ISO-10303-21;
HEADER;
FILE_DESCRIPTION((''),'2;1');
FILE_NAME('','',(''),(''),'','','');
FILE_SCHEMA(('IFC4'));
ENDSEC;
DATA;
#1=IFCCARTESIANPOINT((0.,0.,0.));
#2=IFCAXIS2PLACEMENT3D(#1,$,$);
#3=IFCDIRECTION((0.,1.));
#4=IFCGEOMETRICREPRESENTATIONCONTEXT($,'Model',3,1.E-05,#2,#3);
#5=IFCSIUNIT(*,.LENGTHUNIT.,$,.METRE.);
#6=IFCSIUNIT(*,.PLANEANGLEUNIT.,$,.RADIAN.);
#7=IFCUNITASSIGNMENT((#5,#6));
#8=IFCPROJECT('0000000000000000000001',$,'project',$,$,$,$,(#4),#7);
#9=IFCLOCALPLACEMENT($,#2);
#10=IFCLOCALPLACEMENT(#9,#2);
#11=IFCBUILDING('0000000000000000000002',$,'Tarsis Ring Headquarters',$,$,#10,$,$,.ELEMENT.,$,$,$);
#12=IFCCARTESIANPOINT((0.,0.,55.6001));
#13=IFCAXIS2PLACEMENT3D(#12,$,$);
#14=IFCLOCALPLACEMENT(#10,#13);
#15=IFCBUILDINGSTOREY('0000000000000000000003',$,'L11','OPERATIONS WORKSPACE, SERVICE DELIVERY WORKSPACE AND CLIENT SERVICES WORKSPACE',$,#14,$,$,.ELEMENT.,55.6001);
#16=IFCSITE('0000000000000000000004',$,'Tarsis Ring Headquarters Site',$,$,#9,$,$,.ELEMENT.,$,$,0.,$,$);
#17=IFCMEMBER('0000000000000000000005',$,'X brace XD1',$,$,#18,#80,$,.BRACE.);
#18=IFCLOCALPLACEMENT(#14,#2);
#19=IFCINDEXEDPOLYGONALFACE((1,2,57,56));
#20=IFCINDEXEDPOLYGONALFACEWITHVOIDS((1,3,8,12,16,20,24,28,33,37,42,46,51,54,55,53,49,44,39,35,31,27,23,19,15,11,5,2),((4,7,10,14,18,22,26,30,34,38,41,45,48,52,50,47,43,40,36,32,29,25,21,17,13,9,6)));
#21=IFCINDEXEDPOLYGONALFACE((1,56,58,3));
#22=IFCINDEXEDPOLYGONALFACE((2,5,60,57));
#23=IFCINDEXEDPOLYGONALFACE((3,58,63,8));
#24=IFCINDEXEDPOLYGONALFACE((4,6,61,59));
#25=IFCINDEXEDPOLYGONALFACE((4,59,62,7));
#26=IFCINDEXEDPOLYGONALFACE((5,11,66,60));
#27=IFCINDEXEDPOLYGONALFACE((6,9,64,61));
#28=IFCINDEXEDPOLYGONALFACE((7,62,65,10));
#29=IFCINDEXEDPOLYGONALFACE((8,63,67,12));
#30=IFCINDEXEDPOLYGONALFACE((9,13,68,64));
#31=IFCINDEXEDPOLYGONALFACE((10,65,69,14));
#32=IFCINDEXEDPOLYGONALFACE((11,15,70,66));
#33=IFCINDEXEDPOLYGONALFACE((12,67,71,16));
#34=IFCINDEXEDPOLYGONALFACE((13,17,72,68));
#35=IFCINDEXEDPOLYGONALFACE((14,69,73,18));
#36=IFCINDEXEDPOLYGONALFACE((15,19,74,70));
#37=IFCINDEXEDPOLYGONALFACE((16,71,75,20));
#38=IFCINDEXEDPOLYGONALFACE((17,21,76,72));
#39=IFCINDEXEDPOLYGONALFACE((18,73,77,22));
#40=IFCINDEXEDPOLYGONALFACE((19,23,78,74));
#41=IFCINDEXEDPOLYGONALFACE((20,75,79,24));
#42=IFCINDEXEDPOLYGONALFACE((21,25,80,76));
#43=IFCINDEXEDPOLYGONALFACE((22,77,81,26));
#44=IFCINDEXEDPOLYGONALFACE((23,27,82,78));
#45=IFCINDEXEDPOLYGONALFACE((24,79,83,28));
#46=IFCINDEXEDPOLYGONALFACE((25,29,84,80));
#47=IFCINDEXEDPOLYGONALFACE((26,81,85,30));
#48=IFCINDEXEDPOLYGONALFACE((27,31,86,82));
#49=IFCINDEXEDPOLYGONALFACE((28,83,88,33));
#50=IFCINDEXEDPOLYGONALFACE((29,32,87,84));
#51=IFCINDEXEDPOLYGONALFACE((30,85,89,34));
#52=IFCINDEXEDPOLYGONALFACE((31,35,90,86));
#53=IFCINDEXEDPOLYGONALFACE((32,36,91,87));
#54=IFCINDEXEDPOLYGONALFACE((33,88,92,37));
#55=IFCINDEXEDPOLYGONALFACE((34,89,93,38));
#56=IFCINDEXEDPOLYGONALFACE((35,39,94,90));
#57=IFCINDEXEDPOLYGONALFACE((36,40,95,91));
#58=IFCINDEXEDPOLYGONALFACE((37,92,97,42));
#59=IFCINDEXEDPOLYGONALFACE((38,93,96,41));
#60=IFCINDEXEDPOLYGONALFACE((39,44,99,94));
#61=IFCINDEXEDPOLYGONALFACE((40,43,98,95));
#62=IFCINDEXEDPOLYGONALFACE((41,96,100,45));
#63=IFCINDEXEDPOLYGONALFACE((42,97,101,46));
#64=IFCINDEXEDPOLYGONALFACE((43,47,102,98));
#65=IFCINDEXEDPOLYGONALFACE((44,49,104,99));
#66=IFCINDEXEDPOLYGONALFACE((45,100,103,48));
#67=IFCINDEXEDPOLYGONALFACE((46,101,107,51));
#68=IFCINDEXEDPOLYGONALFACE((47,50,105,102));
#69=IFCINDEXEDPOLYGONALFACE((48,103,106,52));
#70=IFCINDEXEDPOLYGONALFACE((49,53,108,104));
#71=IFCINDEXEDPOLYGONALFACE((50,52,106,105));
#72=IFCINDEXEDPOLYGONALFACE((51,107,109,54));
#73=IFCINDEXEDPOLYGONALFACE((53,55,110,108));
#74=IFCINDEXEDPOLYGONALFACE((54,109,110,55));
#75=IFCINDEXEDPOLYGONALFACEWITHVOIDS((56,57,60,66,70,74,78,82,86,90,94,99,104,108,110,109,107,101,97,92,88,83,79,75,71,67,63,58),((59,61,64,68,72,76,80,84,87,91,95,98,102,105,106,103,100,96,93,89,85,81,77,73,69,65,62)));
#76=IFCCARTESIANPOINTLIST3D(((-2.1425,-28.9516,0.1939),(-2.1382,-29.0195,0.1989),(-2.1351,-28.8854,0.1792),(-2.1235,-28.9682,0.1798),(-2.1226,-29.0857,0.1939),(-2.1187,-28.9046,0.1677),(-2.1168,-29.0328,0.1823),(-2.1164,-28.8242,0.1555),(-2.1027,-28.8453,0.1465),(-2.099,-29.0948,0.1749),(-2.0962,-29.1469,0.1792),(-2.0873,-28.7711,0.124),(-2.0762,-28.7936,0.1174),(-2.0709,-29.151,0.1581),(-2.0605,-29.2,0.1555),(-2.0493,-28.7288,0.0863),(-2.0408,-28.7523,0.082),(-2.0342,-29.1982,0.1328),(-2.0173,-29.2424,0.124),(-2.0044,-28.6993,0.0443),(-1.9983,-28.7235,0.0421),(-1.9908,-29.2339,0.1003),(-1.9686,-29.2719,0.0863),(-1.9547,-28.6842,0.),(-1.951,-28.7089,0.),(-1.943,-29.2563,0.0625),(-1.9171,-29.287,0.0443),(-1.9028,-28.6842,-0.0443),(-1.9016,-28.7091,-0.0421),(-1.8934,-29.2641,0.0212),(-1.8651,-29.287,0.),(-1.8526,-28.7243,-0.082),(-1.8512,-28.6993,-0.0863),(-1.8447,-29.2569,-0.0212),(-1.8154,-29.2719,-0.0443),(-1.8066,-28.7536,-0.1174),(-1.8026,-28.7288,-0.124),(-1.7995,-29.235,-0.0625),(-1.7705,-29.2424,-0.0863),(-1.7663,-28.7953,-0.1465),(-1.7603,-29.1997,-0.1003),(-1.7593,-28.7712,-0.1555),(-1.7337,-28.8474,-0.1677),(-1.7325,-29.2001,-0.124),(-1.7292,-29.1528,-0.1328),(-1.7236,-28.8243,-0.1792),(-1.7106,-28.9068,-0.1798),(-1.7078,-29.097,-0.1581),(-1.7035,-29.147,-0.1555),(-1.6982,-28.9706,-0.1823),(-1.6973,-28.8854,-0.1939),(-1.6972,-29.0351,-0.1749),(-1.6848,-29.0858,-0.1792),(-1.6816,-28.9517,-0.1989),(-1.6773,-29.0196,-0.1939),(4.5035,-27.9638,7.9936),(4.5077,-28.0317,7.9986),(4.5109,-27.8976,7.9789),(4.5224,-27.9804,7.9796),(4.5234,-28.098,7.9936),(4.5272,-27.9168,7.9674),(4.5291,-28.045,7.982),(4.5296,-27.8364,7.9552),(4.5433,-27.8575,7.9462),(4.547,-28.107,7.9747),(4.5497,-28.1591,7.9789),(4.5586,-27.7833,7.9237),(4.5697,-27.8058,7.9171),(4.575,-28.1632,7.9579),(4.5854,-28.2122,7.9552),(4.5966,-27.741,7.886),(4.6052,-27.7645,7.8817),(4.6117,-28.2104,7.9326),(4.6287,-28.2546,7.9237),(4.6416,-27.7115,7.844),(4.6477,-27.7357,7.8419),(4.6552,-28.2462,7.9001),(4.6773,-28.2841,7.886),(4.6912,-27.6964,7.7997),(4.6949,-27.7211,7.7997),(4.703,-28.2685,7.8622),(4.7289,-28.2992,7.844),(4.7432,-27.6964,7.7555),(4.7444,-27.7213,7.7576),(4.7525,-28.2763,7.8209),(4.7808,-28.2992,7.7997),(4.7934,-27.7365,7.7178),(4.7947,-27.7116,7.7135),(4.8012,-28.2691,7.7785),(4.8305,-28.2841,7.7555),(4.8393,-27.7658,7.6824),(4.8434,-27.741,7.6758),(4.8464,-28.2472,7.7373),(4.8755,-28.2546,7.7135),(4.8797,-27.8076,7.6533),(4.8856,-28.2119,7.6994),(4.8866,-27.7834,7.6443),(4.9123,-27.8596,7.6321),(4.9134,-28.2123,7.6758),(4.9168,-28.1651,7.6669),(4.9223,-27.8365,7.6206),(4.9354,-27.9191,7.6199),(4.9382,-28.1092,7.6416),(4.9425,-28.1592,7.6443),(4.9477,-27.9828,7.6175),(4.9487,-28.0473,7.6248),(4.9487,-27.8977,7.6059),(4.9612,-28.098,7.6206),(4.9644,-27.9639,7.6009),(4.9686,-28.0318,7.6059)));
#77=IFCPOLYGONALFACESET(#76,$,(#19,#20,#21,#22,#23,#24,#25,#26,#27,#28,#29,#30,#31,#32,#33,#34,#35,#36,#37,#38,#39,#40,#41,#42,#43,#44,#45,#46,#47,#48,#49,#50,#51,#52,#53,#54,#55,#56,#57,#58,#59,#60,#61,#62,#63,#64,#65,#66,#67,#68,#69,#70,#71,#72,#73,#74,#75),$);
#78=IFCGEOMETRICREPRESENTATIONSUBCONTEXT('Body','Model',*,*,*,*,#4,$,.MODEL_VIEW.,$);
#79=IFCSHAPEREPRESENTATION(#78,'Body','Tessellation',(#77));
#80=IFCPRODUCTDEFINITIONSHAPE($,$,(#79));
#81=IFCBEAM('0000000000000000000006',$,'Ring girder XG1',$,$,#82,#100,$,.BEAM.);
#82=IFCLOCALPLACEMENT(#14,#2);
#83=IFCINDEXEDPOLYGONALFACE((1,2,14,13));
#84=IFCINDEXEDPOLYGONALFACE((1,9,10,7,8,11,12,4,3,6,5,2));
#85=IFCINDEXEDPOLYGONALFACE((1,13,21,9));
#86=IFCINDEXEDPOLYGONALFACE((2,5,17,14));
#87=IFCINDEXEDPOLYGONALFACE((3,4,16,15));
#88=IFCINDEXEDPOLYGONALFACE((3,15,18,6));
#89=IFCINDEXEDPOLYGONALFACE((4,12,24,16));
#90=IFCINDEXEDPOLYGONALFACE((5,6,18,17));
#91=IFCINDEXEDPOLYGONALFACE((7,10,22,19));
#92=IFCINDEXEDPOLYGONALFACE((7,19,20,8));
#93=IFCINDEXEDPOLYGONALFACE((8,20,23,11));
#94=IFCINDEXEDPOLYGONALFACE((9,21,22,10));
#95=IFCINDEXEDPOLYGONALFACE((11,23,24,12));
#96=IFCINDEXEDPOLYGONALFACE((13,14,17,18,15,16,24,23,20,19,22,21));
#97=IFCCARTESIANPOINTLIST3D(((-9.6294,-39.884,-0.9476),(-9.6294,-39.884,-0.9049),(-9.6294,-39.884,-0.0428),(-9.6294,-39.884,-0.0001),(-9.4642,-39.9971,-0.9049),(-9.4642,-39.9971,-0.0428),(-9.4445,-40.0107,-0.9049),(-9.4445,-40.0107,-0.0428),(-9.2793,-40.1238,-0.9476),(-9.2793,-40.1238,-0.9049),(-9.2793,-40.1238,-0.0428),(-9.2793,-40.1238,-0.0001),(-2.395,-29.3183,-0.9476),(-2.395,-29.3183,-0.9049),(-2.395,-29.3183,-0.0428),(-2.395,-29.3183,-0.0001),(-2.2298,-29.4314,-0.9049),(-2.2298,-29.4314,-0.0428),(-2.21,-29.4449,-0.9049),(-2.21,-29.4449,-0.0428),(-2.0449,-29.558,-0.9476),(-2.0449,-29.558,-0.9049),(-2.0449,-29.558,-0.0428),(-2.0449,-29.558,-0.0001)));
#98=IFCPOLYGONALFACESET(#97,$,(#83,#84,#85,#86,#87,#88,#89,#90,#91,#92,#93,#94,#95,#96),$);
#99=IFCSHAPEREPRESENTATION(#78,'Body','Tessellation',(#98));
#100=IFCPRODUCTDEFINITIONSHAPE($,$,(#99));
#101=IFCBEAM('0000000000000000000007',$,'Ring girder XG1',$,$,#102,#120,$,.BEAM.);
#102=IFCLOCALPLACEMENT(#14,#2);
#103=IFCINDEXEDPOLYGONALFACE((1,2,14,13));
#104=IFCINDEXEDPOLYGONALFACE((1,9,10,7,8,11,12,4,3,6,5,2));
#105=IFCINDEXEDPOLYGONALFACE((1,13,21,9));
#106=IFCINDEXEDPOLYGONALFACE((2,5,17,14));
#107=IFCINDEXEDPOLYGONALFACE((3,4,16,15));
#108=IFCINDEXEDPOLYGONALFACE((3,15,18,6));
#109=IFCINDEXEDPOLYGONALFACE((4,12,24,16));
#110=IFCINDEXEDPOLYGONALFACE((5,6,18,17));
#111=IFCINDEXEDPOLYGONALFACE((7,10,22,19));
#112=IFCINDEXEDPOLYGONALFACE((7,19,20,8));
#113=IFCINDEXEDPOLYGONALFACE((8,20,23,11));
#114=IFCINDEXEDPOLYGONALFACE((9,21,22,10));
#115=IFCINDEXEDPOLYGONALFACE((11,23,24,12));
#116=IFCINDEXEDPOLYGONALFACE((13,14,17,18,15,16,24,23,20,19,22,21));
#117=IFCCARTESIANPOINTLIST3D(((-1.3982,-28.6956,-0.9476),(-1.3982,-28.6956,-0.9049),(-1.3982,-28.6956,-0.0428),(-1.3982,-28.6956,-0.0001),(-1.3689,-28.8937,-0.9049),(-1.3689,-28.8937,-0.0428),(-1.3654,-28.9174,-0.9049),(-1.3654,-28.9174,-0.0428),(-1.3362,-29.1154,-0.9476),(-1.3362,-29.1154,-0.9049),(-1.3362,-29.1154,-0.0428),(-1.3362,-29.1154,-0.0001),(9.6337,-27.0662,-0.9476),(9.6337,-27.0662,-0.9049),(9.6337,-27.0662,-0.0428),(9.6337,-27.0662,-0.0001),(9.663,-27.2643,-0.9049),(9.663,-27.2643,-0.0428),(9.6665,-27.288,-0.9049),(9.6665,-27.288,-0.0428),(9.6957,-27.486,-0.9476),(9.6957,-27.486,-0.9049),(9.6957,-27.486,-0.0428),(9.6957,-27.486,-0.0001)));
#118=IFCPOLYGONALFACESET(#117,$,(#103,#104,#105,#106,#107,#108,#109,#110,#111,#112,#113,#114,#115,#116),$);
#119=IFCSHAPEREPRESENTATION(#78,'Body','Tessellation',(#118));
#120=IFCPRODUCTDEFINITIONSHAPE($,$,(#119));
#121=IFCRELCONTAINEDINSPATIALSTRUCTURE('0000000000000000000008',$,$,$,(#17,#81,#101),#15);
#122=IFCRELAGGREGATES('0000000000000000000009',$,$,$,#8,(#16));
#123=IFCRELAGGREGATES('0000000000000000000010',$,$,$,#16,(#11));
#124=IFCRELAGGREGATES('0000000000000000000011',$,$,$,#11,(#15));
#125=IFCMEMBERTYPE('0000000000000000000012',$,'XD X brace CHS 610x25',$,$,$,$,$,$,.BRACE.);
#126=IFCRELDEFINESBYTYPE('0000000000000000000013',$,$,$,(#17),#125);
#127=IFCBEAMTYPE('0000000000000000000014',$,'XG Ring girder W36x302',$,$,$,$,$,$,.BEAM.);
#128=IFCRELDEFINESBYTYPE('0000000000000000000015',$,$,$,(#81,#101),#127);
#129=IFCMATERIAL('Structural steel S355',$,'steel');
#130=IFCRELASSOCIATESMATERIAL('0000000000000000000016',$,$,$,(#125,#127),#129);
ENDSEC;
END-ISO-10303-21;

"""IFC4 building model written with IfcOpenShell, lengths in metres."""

from ifc_helpers import new_model, si_unit, direction, frame, origin, origin_2d, place, context, subcontext, project, spatial, hollow_circle, i_section, extrude, material, material_profile, profile_set, type_object, element, save


model = new_model("IFC4")

# Units and contexts
model_context = context("Model", 3, precision=1e-05, world=origin(), true_north=direction((0.0, 1.0)))
body_context = subcontext(model_context, "Body", "Model", "MODEL_VIEW")
ifc_project = project(units=[si_unit("LENGTHUNIT", "METRE"), si_unit("PLANEANGLEUNIT", "RADIAN")], contexts=[model_context])

# Site, building, storey
site_placement = place(None, origin())
site = spatial("IfcSite", under=ifc_project, at=site_placement, Name="Tarsis Ring Headquarters Site", CompositionType="ELEMENT", RefElevation=0.0)
building_placement = place(site_placement, origin())
building = spatial("IfcBuilding", under=site, at=building_placement, Name="Tarsis Ring Headquarters", CompositionType="ELEMENT")
storey_placement = place(building_placement, frame((0.0, 0.0, 55.6001)))
storey = spatial("IfcBuildingStorey", under=building, at=storey_placement, Name="L11", Description="OPERATIONS WORKSPACE, SERVICE DELIVERY WORKSPACE AND CLIENT SERVICES WORKSPACE", CompositionType="ELEMENT", Elevation=55.6001)

# Member
ifc_material_1 = material(Name="Structural steel S355", Category="steel")
ifc_material_profile_1 = material_profile(ifc_material_1, hollow_circle(Radius=0.3047, WallThickness=0.0249, at=origin_2d()), Name="CHS 610x25")
ifc_profile_set_1 = profile_set([ifc_material_profile_1], Name="Structural steel S355")
member_type = type_object("IfcMemberType", Name="XD X brace CHS 610x25", PredefinedType="BRACE", material=ifc_profile_set_1)
member_placement = place(storey_placement, frame((-1.9099, -28.9856, 0.0), z_axis=(0.645571, 0.095951, 0.757649), x_axis=(-0.147015, 0.989134, 0.0)))
element("IfcMember", 1, at=member_placement, inside=storey, type_object=member_type, Name="X brace XD1", PredefinedType="BRACE", context=body_context, shape_type="SweptSolid", body=[
    extrude(hollow_circle(Radius=0.3047, WallThickness=0.0249, at=origin_2d()), origin(), (0.0, 0.0, 1.0), 10.2947),
])

# Beams
ifc_material_profile_2 = material_profile(ifc_material_1, i_section(OverallWidth=0.4243, OverallDepth=0.9475, WebThickness=0.0239, FlangeThickness=0.0427, at=origin_2d()), Name="W36x302")
ifc_profile_set_2 = profile_set([ifc_material_profile_2], Name="Structural steel S355")
beam_type = type_object("IfcBeamType", Name="XG Ring girder W36x302", PredefinedType="BEAM", material=ifc_profile_set_2)
beam_1_placement = place(storey_placement, frame((-9.4543, -40.0039, -0.4739), z_axis=(0.564962, 0.825117, 0.0), x_axis=(-0.825117, 0.564962, 0.0)))
element("IfcBeam", 2, at=beam_1_placement, inside=storey, type_object=beam_type, Name="Ring girder XG1", PredefinedType="BEAM", context=body_context, shape_type="SweptSolid", body=[
    extrude(i_section(OverallWidth=0.4243, OverallDepth=0.9475, WebThickness=0.0239, FlangeThickness=0.0427, at=origin_2d()), origin(), (0.0, 0.0, 1.0), 12.8052),
])
beam_2_placement = place(storey_placement, frame((-1.3672, -28.9055, -0.4739), z_axis=(0.989268, 0.146112, 0.0), x_axis=(-0.146112, 0.989268, 0.0)))
element("IfcBeam", 3, at=beam_2_placement, inside=storey, type_object=beam_type, Name="Ring girder XG1", PredefinedType="BEAM", context=body_context, shape_type="SweptSolid", body=[
    extrude(i_section(OverallWidth=0.4243, OverallDepth=0.9475, WebThickness=0.0239, FlangeThickness=0.0427, at=origin_2d()), origin(), (0.0, 0.0, 1.0), 11.1516),
])

save(model, "model.ifc")
